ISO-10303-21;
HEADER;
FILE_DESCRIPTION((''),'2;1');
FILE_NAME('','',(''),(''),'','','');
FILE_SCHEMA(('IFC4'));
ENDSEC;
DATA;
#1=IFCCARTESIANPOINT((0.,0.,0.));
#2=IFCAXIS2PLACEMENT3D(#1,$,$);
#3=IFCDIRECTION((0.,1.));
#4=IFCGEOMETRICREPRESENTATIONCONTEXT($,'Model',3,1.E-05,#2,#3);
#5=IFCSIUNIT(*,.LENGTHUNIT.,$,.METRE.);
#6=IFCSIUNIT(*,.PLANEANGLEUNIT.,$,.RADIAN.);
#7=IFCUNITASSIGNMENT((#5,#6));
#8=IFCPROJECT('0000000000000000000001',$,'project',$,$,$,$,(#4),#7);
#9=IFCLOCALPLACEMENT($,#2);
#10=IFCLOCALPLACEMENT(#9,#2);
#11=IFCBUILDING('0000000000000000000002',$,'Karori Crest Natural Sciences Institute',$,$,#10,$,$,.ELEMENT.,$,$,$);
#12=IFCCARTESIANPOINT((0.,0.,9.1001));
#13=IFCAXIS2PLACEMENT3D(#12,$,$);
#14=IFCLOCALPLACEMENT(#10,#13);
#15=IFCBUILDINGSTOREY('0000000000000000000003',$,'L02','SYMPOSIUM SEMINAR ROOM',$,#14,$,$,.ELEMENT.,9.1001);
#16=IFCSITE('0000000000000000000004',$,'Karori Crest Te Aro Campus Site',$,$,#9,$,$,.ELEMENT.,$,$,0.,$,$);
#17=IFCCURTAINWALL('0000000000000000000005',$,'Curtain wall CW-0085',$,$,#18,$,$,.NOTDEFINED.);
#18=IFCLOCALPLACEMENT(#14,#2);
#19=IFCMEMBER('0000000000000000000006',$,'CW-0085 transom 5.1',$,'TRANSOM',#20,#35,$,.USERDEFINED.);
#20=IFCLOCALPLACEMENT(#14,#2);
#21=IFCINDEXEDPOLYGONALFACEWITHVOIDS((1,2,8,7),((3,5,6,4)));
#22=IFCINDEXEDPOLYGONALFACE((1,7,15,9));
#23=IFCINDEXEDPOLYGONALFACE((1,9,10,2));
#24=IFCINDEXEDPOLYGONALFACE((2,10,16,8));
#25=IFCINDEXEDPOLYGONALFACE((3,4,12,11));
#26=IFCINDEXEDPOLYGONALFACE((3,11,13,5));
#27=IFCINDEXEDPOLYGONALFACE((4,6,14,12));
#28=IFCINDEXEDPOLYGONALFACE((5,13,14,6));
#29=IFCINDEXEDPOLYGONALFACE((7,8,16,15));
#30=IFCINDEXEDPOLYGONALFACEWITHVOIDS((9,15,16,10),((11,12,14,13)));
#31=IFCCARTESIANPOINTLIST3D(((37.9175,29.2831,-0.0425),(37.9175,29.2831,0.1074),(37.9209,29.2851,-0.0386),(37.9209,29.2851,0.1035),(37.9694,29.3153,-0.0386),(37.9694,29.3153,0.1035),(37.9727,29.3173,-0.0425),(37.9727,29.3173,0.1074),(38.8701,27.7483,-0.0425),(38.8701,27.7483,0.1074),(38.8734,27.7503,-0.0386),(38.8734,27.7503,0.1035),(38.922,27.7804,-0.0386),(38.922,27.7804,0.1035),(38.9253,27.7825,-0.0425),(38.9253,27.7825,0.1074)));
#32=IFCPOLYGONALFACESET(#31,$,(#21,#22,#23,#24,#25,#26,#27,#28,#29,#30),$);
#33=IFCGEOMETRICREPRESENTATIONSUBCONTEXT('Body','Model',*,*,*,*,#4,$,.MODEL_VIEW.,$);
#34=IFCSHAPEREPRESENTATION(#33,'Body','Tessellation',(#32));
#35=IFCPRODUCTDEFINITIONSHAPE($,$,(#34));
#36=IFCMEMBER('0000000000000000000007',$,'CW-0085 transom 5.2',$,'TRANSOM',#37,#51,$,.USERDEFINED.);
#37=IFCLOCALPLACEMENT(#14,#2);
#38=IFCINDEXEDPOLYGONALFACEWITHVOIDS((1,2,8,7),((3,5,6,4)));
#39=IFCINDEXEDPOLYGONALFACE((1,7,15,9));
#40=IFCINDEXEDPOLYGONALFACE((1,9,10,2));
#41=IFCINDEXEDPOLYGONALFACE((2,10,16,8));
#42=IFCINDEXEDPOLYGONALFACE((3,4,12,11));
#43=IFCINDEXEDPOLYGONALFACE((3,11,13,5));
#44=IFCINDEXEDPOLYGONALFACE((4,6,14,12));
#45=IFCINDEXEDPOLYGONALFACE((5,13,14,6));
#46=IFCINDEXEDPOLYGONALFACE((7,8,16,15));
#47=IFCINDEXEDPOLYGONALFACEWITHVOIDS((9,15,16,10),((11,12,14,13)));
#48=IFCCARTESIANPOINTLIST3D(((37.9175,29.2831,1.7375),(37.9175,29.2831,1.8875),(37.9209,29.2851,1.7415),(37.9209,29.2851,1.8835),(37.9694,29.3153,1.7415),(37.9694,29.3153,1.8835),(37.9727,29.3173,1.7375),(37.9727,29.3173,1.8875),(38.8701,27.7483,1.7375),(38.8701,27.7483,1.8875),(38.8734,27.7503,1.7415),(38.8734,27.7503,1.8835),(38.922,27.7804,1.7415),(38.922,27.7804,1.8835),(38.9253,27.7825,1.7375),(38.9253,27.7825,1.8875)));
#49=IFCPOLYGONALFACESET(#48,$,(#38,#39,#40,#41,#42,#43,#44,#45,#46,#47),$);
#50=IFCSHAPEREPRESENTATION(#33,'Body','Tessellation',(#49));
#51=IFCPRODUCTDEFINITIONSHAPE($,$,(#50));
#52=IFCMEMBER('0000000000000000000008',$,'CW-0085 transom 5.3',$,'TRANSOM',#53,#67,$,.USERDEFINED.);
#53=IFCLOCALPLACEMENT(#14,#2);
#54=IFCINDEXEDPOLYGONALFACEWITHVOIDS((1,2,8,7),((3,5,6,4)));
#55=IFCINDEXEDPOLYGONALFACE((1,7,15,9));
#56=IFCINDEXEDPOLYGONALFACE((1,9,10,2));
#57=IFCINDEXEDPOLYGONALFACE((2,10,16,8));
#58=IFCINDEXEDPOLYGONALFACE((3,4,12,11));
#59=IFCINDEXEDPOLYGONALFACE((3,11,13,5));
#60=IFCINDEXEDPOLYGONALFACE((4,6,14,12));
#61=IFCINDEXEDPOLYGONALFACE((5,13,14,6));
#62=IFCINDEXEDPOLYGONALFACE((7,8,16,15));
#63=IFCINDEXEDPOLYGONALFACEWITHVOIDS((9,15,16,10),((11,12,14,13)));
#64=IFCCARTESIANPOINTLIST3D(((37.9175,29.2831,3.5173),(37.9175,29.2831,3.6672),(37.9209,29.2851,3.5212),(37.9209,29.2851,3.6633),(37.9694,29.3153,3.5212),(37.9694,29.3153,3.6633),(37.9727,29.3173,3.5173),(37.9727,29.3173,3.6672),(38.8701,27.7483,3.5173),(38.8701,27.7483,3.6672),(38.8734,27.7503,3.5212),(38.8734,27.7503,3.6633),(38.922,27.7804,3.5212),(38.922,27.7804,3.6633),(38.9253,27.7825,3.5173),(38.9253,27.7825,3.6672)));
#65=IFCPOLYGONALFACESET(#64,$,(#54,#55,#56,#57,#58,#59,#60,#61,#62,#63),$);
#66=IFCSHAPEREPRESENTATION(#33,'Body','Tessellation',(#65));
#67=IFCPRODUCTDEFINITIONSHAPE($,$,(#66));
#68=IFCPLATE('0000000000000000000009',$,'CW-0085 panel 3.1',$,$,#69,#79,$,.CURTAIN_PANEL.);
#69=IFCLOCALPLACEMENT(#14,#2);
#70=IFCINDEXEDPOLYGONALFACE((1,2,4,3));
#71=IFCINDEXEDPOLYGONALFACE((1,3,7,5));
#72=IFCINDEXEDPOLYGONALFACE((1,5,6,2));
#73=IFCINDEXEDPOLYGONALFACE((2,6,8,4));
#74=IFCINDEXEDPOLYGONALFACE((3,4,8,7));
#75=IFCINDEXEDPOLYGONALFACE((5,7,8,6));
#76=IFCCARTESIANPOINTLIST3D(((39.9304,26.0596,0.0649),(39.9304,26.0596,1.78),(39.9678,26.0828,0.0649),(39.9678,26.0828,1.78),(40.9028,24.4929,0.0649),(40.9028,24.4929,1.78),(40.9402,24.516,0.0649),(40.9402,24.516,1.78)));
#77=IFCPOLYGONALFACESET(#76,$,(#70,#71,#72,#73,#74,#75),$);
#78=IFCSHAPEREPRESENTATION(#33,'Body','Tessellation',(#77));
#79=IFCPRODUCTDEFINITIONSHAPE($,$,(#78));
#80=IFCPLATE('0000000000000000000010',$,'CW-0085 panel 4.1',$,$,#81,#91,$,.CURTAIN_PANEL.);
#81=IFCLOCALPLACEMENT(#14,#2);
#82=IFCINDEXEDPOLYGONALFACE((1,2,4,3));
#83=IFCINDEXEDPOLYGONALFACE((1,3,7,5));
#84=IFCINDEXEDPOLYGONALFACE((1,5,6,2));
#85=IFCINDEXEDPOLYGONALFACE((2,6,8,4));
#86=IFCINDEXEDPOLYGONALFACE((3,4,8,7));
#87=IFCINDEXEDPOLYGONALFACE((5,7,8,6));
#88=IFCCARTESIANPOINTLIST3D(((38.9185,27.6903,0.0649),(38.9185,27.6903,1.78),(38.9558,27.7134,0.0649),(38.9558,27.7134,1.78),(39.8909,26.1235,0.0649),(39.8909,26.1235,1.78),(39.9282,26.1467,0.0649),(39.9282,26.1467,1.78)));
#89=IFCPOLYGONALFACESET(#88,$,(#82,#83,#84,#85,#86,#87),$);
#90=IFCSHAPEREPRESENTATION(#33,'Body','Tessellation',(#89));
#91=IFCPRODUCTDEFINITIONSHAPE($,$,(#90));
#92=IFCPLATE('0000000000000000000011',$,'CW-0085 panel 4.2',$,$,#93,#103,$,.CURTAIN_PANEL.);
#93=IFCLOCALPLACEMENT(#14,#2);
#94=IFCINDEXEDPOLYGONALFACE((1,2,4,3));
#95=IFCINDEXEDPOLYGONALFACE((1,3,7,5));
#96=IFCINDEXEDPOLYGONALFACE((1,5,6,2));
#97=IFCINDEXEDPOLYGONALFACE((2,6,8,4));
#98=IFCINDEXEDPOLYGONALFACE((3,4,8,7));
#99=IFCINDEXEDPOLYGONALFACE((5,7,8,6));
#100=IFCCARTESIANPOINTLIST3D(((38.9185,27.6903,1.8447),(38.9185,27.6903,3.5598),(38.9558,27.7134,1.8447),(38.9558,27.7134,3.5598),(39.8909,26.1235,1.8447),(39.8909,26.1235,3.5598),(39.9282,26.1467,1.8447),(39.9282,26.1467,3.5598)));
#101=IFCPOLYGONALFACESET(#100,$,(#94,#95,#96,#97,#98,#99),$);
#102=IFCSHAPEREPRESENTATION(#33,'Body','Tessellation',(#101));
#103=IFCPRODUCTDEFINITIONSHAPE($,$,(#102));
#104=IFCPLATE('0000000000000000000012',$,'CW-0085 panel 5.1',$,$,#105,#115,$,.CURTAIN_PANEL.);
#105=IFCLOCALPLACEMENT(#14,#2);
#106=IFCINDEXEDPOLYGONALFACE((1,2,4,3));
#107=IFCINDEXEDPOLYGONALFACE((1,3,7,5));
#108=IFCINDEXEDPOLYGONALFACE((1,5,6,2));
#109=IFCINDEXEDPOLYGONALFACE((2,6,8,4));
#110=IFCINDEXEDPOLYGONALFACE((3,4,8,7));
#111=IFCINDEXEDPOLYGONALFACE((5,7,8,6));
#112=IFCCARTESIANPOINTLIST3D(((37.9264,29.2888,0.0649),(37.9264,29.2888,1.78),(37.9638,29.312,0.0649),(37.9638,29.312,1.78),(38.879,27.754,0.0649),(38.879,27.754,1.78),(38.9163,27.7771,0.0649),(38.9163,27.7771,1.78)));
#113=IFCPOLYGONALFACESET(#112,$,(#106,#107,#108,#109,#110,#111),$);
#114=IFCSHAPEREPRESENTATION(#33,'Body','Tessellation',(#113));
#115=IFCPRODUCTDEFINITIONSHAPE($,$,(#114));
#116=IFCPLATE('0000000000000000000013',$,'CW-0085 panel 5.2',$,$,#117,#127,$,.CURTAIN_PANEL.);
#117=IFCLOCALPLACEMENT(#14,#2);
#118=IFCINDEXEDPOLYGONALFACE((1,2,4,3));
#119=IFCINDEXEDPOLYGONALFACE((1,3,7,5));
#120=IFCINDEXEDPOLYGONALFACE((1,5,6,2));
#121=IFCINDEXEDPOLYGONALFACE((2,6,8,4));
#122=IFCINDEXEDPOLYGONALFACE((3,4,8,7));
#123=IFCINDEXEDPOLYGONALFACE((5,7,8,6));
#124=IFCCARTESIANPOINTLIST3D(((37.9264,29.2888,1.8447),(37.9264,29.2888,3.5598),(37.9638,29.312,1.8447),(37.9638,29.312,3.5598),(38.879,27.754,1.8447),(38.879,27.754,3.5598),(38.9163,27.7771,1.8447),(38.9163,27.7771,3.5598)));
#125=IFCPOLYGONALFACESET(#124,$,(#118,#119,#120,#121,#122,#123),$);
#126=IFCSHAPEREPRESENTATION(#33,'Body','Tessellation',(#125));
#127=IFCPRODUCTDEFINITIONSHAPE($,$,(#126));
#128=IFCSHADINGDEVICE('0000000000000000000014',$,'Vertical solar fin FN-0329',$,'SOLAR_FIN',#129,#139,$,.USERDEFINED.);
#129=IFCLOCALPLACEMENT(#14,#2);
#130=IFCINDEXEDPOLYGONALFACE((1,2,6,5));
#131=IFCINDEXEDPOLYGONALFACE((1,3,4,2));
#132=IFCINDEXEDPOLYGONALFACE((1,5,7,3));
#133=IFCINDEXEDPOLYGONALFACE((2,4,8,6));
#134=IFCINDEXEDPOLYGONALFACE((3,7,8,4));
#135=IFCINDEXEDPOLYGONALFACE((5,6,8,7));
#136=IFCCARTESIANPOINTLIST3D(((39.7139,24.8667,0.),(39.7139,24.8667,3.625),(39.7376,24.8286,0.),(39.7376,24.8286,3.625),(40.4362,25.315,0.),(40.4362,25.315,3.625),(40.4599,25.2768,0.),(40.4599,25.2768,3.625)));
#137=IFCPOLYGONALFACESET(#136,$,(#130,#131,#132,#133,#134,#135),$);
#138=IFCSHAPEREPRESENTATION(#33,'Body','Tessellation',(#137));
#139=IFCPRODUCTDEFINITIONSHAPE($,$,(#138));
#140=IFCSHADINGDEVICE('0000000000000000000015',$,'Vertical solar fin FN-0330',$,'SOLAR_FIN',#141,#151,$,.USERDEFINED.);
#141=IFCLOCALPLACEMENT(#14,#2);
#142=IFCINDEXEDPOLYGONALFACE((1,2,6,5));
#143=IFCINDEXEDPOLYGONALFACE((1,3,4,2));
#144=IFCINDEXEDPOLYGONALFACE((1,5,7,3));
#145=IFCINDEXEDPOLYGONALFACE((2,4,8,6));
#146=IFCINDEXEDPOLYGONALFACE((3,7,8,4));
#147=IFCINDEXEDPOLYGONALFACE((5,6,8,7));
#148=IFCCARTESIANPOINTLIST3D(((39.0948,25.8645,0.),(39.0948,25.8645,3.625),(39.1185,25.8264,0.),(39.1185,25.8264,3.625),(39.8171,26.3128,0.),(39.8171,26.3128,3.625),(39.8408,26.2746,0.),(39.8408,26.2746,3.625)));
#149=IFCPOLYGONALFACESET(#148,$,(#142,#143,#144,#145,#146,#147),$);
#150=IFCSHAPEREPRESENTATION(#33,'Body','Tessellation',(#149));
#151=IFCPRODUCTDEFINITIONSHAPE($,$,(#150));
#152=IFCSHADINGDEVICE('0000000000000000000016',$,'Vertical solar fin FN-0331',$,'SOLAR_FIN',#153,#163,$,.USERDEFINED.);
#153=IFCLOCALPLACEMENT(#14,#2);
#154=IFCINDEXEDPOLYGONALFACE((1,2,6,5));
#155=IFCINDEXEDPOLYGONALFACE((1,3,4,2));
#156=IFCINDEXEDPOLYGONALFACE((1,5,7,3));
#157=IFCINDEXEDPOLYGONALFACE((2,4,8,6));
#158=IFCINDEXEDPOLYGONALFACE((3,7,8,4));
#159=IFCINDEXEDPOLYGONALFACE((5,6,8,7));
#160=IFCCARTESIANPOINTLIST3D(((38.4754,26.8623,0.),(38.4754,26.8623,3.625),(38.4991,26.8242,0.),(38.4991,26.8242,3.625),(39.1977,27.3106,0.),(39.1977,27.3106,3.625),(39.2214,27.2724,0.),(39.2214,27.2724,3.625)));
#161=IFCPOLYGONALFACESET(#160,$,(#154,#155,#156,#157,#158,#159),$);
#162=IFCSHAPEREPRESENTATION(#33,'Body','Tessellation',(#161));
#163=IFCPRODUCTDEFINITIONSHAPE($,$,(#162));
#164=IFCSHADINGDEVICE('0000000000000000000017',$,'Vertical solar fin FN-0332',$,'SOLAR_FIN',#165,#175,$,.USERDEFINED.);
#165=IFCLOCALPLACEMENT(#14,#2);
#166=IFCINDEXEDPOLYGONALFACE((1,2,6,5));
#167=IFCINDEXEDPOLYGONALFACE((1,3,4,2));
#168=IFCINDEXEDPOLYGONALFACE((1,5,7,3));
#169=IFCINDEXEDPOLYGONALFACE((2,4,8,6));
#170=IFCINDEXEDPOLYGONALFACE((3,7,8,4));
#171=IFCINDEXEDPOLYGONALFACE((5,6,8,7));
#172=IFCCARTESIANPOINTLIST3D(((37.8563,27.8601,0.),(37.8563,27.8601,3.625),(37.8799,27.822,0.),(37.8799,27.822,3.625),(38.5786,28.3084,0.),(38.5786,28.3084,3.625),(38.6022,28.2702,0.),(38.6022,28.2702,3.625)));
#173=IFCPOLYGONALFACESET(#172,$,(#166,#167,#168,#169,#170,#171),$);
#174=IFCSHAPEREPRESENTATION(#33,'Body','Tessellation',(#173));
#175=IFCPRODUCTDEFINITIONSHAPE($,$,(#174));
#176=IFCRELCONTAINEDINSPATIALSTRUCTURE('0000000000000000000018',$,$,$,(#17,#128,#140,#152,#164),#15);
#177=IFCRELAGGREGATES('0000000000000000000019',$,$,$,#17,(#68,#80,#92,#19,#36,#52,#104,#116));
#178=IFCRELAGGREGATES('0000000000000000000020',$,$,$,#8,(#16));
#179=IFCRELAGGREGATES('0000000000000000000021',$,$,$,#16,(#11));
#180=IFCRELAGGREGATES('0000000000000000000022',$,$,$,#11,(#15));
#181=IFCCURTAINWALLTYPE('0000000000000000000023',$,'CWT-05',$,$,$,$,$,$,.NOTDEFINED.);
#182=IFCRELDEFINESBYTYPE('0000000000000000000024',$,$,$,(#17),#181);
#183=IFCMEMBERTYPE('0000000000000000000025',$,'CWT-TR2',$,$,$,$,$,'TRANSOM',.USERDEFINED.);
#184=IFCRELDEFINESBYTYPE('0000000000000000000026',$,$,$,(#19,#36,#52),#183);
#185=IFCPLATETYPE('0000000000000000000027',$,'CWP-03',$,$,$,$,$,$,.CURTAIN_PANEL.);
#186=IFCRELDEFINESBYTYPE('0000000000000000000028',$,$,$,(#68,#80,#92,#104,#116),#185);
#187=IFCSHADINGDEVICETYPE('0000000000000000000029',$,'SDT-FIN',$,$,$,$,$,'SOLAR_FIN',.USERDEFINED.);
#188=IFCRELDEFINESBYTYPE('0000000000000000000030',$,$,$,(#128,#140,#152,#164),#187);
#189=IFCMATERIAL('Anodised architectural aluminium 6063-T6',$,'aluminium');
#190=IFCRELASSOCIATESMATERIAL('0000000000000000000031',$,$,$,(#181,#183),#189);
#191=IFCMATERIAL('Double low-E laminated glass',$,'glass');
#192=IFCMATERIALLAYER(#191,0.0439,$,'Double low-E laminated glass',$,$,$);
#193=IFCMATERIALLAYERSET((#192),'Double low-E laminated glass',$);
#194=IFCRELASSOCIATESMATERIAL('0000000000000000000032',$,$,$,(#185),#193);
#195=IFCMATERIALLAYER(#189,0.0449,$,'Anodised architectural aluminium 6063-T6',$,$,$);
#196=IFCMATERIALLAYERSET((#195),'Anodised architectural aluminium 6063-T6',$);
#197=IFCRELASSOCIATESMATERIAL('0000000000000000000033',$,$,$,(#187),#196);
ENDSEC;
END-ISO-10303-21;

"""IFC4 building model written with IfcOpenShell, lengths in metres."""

from ifc_helpers import new_model, si_unit, direction, frame, origin, origin_2d, place, context, subcontext, project, spatial, rectangle, hollow_rectangle, extrude, material, layer, layer_set, material_profile, profile_set, type_object, element, aggregate, save


model = new_model("IFC4")

# Units and contexts
model_context = context("Model", 3, precision=1e-05, world=origin(), true_north=direction((0.0, 1.0)))
body_context = subcontext(model_context, "Body", "Model", "MODEL_VIEW")
ifc_project = project(units=[si_unit("LENGTHUNIT", "METRE"), si_unit("PLANEANGLEUNIT", "RADIAN")], contexts=[model_context])

# Site, building, storey
site_placement = place(None, origin())
site = spatial("IfcSite", under=ifc_project, at=site_placement, Name="Karori Crest Te Aro Campus Site", CompositionType="ELEMENT", RefElevation=0.0)
building_placement = place(site_placement, origin())
building = spatial("IfcBuilding", under=site, at=building_placement, Name="Karori Crest Natural Sciences Institute", CompositionType="ELEMENT")
storey_placement = place(building_placement, frame((0.0, 0.0, 9.1001)))
storey = spatial("IfcBuildingStorey", under=building, at=storey_placement, Name="L02", Description="SYMPOSIUM SEMINAR ROOM", CompositionType="ELEMENT", Elevation=9.1001)

# Curtain wall, members, plates
ifc_material_1 = material(Name="Anodised architectural aluminium 6063-T6", Category="aluminium")
curtain_wall_type = type_object("IfcCurtainWallType", Name="CWT-05", PredefinedType="NOTDEFINED", material=ifc_material_1)
curtain_wall_placement = place(storey_placement, origin())
curtain_wall = element("IfcCurtainWall", 1, at=curtain_wall_placement, inside=storey, type_object=curtain_wall_type, Name="Curtain wall CW-0085", PredefinedType="NOTDEFINED")
ifc_material_profile_1 = material_profile(ifc_material_1, hollow_rectangle(XDim=0.0649, YDim=0.1499, WallThickness=0.0039, at=origin_2d()), Name="CWT150x65x4")
ifc_profile_set_1 = profile_set([ifc_material_profile_1], Name="Anodised architectural aluminium 6063-T6")
member_type_1 = type_object("IfcMemberType", Name="CWT-TR2", ElementType="TRANSOM", PredefinedType="USERDEFINED", material=ifc_profile_set_1)
member_1_placement = place(storey_placement, frame((38.8977, 27.7654, 0.0325), z_axis=(-0.527336, 0.849657, 0.0), x_axis=(-0.849657, -0.527336, 0.0)))
member_1 = element("IfcMember", 2, at=member_1_placement, type_object=member_type_1, Name="CW-0085 transom 5.1", ObjectType="TRANSOM", PredefinedType="USERDEFINED", context=body_context, shape_type="SweptSolid", body=[
    extrude(hollow_rectangle(XDim=0.0649, YDim=0.1499, WallThickness=0.0039, at=origin_2d()), origin(), (0.0, 0.0, 1.0), 1.8064),
])
member_2_placement = place(storey_placement, frame((38.8977, 27.7654, 1.8125), z_axis=(-0.527336, 0.849657, 0.0), x_axis=(-0.849657, -0.527336, 0.0)))
member_2 = element("IfcMember", 3, at=member_2_placement, type_object=member_type_1, Name="CW-0085 transom 5.2", ObjectType="TRANSOM", PredefinedType="USERDEFINED", context=body_context, shape_type="SweptSolid", body=[
    extrude(hollow_rectangle(XDim=0.0649, YDim=0.1499, WallThickness=0.0039, at=origin_2d()), origin(), (0.0, 0.0, 1.0), 1.8064),
])
member_3_placement = place(storey_placement, frame((38.8977, 27.7654, 3.5923), z_axis=(-0.527336, 0.849657, 0.0), x_axis=(-0.849657, -0.527336, 0.0)))
member_3 = element("IfcMember", 4, at=member_3_placement, type_object=member_type_1, Name="CW-0085 transom 5.3", ObjectType="TRANSOM", PredefinedType="USERDEFINED", context=body_context, shape_type="SweptSolid", body=[
    extrude(hollow_rectangle(XDim=0.0649, YDim=0.1499, WallThickness=0.0039, at=origin_2d()), origin(), (0.0, 0.0, 1.0), 1.8064),
])
ifc_material_2 = material(Name="Double low-E laminated glass", Category="glass")
ifc_layer_1 = layer(ifc_material_2, 0.0439, Name="Double low-E laminated glass")
ifc_layer_set_1 = layer_set([ifc_layer_1], Name="Double low-E laminated glass")
plate_type = type_object("IfcPlateType", Name="CWP-03", PredefinedType="CURTAIN_PANEL", material=ifc_layer_set_1)
plate_1_placement = place(storey_placement, frame((40.4353, 25.2878, 0.0649), z_axis=(0.0, 0.0, 1.0), x_axis=(-0.527322, 0.849666, 0.0)))
plate_1 = element("IfcPlate", 5, at=plate_1_placement, type_object=plate_type, Name="CW-0085 panel 3.1", PredefinedType="CURTAIN_PANEL", context=body_context, shape_type="SweptSolid", body=[
    extrude(rectangle(XDim=1.844, YDim=0.0439, at=origin_2d()), origin(), (0.0, 0.0, 1.0), 1.7151),
])
plate_2_placement = place(storey_placement, frame((39.4233, 26.9185, 0.0649), z_axis=(0.0, 0.0, 1.0), x_axis=(-0.527322, 0.849666, 0.0)))
plate_2 = element("IfcPlate", 6, at=plate_2_placement, type_object=plate_type, Name="CW-0085 panel 4.1", PredefinedType="CURTAIN_PANEL", context=body_context, shape_type="SweptSolid", body=[
    extrude(rectangle(XDim=1.844, YDim=0.0439, at=origin_2d()), origin(), (0.0, 0.0, 1.0), 1.7151),
])
plate_3_placement = place(storey_placement, frame((39.4233, 26.9185, 1.8447), z_axis=(0.0, 0.0, 1.0), x_axis=(-0.527322, 0.849666, 0.0)))
plate_3 = element("IfcPlate", 7, at=plate_3_placement, type_object=plate_type, Name="CW-0085 panel 4.2", PredefinedType="CURTAIN_PANEL", context=body_context, shape_type="SweptSolid", body=[
    extrude(rectangle(XDim=1.844, YDim=0.0439, at=origin_2d()), origin(), (0.0, 0.0, 1.0), 1.7151),
])
plate_4_placement = place(storey_placement, frame((38.4214, 28.533, 0.0649), z_axis=(0.0, 0.0, 1.0), x_axis=(-0.527322, 0.849666, 0.0)))
plate_4 = element("IfcPlate", 8, at=plate_4_placement, type_object=plate_type, Name="CW-0085 panel 5.1", PredefinedType="CURTAIN_PANEL", context=body_context, shape_type="SweptSolid", body=[
    extrude(rectangle(XDim=1.8064, YDim=0.0439, at=origin_2d()), origin(), (0.0, 0.0, 1.0), 1.7151),
])
plate_5_placement = place(storey_placement, frame((38.4214, 28.533, 1.8447), z_axis=(0.0, 0.0, 1.0), x_axis=(-0.527322, 0.849666, 0.0)))
plate_5 = element("IfcPlate", 9, at=plate_5_placement, type_object=plate_type, Name="CW-0085 panel 5.2", PredefinedType="CURTAIN_PANEL", context=body_context, shape_type="SweptSolid", body=[
    extrude(rectangle(XDim=1.8064, YDim=0.0439, at=origin_2d()), origin(), (0.0, 0.0, 1.0), 1.7151),
])
aggregate(curtain_wall, [plate_1, plate_2, plate_3, member_1, member_2, member_3, plate_4, plate_5])

# Shading devices
ifc_layer_2 = layer(ifc_material_1, 0.0449, Name="Anodised architectural aluminium 6063-T6")
ifc_layer_set_2 = layer_set([ifc_layer_2], Name="Anodised architectural aluminium 6063-T6")
shading_device_type = type_object("IfcShadingDeviceType", Name="SDT-FIN", ElementType="SOLAR_FIN", PredefinedType="USERDEFINED", material=ifc_layer_set_2)
for number, where, z_axis, x_axis, name in (
    (10, (40.0869, 25.0718, 0.0), (0.0, 0.0, 1.0), (-0.849665, -0.527322, 0.0), "Vertical solar fin FN-0329"),
    (11, (39.4678, 26.0696, 0.0), (0.0, 0.0, 1.0), (-0.849665, -0.527322, 0.0), "Vertical solar fin FN-0330"),
    (12, (38.8484, 27.0674, 0.0), (0.0, 0.0, 1.0), (-0.849665, -0.527322, 0.0), "Vertical solar fin FN-0331"),
    (13, (38.2292, 28.0652, 0.0), (0.0, 0.0, 1.0), (-0.849665, -0.527322, 0.0), "Vertical solar fin FN-0332"),
):
    element("IfcShadingDevice", number, at=place(storey_placement, frame(where, z_axis=z_axis, x_axis=x_axis)), inside=storey, type_object=shading_device_type, Name=name, ObjectType="SOLAR_FIN", PredefinedType="USERDEFINED", context=body_context, shape_type="SweptSolid", body=[
        extrude(rectangle(XDim=0.8501, YDim=0.0449, at=origin_2d()), origin(), (0.0, 0.0, 1.0), 3.625),
    ])

save(model, "model.ifc")
